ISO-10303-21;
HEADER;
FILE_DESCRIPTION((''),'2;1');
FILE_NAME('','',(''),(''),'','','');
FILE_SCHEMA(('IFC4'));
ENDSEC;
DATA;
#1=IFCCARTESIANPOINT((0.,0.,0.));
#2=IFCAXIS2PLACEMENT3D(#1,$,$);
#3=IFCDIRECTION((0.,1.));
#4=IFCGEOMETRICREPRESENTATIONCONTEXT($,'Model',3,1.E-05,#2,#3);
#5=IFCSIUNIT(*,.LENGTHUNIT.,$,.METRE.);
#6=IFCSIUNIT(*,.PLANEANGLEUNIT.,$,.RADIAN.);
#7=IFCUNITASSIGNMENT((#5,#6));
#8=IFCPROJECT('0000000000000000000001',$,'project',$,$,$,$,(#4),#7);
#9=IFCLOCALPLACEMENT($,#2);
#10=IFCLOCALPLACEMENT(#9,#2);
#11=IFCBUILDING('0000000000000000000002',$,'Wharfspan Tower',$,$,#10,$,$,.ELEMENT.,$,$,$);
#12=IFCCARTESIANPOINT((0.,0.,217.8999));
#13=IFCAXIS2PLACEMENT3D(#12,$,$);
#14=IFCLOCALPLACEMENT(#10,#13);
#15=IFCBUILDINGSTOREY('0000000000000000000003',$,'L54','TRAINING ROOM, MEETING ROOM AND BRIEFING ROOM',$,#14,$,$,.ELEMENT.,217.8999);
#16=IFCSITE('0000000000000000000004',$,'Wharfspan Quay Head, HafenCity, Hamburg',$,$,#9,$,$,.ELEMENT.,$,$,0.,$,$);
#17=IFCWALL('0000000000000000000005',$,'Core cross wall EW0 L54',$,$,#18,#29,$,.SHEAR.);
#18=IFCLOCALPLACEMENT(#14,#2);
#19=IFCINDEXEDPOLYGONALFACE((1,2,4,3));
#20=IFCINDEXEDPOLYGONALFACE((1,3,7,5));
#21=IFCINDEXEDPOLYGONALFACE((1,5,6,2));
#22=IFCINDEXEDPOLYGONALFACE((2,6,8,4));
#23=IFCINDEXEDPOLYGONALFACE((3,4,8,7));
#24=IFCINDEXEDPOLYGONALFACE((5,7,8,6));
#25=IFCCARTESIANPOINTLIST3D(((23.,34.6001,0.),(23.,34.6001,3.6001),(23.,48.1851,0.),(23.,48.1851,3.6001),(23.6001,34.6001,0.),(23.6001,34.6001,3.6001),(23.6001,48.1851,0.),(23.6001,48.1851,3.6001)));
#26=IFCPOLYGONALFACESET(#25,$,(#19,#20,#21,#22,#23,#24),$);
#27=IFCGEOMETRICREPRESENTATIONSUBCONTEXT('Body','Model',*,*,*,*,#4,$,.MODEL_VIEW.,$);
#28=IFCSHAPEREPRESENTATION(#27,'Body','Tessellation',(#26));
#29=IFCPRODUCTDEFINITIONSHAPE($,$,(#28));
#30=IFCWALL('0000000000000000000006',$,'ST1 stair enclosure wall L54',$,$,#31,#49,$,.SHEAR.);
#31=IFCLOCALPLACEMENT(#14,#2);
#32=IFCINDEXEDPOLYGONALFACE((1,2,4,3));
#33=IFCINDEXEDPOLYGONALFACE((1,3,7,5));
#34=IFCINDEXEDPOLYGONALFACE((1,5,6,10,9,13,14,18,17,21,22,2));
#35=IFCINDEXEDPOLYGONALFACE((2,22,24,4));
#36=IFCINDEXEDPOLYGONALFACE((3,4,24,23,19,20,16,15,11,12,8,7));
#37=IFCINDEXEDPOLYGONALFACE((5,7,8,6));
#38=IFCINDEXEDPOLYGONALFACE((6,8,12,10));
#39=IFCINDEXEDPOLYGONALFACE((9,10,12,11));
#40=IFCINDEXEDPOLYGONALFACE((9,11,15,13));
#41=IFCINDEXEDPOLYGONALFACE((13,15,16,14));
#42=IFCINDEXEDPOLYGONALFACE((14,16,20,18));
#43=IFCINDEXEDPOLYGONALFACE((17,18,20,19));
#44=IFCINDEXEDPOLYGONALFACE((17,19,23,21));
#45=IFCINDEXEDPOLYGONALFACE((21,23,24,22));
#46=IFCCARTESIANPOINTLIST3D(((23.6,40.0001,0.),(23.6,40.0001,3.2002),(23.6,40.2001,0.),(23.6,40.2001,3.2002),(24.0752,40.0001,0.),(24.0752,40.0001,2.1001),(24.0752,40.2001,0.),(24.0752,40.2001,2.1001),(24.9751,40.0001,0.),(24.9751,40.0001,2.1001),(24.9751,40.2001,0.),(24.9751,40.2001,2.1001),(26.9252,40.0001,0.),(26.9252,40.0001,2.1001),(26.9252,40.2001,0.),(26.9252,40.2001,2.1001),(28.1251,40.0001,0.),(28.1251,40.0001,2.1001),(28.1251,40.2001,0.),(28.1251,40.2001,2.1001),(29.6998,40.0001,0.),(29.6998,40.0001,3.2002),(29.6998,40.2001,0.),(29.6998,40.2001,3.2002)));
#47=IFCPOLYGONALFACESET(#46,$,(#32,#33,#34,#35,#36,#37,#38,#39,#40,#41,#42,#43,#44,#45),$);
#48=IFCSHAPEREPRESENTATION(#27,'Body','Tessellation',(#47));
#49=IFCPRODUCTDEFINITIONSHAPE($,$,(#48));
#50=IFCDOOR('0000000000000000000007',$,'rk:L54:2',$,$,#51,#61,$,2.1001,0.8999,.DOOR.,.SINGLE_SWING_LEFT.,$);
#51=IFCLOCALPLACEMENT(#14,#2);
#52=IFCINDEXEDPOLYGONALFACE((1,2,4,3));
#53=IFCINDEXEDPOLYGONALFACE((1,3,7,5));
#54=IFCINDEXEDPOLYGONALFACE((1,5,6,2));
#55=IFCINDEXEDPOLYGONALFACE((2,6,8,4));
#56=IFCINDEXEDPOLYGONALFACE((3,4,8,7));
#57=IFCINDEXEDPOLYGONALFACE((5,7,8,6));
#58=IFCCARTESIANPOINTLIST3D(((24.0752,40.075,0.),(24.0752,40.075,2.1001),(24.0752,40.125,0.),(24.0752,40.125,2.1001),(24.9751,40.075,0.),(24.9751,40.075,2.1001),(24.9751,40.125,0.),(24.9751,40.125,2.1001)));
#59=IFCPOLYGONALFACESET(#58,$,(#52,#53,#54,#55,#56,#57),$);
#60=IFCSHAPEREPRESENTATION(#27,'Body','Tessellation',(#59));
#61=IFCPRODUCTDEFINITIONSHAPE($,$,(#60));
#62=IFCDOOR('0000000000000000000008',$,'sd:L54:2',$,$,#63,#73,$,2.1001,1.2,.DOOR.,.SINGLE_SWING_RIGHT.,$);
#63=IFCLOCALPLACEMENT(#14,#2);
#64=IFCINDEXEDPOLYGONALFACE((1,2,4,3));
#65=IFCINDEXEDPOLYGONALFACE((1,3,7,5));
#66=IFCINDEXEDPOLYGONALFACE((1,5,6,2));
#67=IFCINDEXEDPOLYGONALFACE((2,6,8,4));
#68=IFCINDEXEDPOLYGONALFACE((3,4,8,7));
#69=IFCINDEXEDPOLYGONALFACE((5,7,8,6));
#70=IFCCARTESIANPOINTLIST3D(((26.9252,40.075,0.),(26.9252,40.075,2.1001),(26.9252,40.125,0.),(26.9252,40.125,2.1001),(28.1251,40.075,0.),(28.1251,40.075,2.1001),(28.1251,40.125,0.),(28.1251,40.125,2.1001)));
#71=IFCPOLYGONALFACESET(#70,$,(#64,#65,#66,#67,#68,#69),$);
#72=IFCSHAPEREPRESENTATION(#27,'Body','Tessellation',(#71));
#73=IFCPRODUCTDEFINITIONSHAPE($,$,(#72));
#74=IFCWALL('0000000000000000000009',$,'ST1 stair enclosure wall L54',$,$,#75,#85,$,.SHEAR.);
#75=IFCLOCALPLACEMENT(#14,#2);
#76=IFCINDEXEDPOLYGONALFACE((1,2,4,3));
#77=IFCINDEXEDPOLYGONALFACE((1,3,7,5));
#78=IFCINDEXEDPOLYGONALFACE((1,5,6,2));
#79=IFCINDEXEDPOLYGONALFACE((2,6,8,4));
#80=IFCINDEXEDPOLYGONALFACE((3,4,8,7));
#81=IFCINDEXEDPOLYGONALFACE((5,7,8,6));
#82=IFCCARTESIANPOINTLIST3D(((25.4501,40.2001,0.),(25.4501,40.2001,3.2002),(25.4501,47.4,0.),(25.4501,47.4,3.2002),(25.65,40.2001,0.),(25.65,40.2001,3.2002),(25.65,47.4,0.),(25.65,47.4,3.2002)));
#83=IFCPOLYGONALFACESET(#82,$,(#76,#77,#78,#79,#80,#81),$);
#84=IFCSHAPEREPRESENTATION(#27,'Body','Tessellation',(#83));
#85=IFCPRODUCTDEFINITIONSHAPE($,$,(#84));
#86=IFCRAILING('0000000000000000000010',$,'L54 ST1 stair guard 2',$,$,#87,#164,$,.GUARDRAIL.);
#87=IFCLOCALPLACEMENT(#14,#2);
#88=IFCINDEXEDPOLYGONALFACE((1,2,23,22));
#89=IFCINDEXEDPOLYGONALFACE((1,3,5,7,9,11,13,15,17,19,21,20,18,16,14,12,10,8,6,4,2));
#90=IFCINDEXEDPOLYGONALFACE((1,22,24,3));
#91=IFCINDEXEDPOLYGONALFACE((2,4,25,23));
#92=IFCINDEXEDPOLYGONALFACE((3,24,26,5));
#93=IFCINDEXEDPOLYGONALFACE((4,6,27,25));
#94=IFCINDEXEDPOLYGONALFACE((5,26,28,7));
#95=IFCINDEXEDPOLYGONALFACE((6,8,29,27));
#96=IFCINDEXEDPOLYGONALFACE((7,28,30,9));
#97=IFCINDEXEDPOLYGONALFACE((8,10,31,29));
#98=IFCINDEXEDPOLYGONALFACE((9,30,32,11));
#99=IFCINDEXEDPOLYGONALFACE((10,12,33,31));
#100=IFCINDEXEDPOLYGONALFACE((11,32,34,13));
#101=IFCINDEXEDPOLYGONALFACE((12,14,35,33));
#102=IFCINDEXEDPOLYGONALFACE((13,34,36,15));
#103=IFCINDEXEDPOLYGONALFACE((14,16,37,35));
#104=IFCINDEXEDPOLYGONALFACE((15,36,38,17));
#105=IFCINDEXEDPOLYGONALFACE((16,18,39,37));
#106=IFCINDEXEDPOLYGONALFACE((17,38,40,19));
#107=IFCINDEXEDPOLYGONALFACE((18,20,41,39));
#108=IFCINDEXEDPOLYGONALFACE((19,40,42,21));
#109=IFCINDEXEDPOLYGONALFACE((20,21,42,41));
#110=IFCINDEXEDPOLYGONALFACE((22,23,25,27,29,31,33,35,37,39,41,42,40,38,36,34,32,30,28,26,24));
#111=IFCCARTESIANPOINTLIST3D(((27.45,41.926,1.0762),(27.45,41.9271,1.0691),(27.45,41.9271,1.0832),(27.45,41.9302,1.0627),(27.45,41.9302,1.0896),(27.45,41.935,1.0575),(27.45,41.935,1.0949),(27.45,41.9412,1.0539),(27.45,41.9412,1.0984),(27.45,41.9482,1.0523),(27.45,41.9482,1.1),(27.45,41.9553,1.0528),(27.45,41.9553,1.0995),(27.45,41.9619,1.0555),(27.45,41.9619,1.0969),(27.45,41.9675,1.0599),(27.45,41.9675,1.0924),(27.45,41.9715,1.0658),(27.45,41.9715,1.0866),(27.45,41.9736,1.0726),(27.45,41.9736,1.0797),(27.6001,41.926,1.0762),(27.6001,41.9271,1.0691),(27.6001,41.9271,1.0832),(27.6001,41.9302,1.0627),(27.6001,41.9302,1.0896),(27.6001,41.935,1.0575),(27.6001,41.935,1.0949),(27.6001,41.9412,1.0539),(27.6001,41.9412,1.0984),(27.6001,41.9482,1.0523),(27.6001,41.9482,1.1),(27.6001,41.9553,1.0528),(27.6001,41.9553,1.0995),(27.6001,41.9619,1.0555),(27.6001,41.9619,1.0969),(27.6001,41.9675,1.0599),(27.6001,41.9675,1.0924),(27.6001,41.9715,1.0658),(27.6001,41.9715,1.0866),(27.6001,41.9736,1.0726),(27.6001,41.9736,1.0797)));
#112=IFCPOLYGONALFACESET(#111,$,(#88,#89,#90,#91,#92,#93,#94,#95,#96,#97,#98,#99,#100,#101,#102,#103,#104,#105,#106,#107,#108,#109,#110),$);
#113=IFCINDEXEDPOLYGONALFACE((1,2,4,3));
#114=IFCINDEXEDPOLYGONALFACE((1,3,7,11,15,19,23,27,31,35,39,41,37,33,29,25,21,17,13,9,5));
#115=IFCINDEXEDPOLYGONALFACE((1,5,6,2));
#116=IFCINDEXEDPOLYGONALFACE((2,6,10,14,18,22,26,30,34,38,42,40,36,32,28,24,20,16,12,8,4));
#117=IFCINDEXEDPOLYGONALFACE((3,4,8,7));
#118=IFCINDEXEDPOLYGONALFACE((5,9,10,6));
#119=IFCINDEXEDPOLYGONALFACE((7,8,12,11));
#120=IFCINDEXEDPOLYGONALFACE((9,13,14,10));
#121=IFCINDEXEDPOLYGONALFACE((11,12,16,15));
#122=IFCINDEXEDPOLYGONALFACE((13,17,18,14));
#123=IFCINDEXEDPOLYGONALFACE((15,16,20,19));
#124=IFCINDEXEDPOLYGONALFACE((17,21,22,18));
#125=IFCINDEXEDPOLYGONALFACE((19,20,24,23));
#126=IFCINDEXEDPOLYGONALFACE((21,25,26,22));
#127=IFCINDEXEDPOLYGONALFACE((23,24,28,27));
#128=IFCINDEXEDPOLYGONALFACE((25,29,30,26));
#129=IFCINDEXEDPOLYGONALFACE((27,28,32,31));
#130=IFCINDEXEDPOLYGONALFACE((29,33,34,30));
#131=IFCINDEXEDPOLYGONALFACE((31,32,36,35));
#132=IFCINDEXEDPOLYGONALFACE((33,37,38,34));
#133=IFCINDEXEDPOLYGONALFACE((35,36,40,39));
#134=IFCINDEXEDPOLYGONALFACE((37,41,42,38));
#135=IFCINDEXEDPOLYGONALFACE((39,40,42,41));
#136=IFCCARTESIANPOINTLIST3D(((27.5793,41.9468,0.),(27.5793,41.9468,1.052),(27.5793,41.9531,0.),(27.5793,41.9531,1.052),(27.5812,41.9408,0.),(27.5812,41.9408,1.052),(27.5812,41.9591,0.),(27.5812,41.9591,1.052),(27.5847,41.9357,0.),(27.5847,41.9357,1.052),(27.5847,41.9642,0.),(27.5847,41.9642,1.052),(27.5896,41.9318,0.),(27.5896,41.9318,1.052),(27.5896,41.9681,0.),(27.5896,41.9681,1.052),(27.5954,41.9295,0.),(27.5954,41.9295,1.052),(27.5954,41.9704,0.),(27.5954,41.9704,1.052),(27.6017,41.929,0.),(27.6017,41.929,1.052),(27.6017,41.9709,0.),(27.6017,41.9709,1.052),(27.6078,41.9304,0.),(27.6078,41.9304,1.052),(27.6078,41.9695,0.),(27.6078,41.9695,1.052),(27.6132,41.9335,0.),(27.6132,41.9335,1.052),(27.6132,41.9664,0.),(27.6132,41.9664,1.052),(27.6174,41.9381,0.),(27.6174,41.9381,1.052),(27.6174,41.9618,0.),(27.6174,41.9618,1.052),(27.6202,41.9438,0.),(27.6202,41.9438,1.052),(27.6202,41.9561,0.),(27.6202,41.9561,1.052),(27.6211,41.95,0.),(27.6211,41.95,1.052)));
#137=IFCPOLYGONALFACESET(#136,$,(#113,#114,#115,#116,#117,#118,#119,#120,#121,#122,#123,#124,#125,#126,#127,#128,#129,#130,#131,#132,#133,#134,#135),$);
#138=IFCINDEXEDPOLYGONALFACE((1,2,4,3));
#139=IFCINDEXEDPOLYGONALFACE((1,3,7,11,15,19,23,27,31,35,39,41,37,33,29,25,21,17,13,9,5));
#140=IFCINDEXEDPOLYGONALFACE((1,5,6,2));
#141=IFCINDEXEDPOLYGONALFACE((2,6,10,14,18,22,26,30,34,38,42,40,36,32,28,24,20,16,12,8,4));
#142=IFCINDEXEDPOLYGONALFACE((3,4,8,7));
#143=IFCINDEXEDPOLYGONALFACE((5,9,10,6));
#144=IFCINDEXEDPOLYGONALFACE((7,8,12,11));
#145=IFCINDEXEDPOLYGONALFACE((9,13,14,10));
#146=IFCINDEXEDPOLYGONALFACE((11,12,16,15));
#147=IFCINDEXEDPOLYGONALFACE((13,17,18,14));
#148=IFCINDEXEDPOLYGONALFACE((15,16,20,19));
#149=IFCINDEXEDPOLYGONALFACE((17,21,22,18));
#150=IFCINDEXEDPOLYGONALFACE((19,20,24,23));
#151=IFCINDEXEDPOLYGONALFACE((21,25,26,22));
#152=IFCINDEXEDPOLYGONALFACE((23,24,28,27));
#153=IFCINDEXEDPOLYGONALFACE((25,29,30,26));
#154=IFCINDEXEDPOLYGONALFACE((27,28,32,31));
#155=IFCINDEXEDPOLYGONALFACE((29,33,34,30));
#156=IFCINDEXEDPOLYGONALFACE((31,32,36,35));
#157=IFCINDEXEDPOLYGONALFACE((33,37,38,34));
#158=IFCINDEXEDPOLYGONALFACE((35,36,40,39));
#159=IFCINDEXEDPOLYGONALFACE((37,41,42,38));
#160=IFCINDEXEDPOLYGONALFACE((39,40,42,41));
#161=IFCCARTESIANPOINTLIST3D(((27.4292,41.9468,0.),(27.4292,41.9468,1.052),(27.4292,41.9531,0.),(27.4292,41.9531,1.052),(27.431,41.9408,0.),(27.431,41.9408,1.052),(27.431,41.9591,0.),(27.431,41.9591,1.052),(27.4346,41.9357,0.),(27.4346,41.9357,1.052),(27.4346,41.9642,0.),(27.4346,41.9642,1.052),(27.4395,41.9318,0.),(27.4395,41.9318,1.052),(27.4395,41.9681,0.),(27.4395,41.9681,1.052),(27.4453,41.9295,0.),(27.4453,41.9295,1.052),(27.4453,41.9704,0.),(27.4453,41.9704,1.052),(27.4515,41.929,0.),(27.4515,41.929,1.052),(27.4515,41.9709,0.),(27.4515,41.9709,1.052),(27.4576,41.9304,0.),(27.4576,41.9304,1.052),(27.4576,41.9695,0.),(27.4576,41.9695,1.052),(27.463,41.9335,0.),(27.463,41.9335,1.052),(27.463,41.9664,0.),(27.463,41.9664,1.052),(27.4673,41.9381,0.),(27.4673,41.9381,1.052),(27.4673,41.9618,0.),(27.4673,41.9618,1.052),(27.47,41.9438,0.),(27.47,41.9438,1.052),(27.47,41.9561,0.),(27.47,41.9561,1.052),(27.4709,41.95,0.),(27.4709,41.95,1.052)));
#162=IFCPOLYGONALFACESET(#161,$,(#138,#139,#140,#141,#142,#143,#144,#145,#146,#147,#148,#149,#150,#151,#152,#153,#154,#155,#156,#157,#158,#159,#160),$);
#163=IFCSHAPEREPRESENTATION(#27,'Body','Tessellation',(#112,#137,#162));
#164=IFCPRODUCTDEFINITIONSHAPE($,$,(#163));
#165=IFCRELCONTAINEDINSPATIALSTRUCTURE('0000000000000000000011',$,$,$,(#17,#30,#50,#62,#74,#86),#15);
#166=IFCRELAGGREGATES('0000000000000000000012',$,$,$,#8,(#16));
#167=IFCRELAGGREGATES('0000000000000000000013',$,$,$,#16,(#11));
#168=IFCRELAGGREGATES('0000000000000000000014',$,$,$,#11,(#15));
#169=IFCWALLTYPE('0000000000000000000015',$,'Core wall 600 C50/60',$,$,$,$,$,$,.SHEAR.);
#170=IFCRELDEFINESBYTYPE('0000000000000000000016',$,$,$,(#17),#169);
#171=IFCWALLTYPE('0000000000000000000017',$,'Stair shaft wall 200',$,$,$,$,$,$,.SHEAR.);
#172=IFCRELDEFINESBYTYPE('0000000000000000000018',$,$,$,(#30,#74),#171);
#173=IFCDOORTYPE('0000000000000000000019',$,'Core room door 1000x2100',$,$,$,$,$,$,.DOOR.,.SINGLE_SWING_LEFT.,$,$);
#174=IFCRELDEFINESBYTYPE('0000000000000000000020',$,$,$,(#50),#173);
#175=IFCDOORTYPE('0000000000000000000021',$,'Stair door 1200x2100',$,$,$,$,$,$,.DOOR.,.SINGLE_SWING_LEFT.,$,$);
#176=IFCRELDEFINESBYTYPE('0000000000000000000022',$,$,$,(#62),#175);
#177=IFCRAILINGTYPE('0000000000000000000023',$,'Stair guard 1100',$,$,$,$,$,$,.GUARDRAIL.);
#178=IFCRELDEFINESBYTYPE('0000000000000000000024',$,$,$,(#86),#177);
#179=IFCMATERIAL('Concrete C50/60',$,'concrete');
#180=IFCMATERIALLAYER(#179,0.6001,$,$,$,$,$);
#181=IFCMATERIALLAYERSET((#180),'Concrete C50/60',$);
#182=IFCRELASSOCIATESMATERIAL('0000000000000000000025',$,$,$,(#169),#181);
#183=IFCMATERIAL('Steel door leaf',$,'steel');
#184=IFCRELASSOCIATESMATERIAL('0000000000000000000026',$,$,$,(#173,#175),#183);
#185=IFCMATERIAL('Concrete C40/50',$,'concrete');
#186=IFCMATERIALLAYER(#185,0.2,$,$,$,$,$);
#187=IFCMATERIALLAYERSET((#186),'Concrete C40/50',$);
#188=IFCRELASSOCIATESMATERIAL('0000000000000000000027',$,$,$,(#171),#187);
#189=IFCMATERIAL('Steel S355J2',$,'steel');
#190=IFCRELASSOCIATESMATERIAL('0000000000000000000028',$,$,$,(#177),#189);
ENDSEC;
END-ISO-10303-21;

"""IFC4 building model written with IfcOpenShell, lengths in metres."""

from ifc_helpers import new_model, si_unit, direction, frame, frame_2d, origin, origin_2d, place, context, subcontext, project, spatial, rectangle, circle, extrude, material, layer, layer_set, type_object, element, fill, save


model = new_model("IFC4")

# Units and contexts
model_context = context("Model", 3, precision=1e-05, world=origin(), true_north=direction((0.0, 1.0)))
body_context = subcontext(model_context, "Body", "Model", "MODEL_VIEW")
ifc_project = project(units=[si_unit("LENGTHUNIT", "METRE"), si_unit("PLANEANGLEUNIT", "RADIAN")], contexts=[model_context])

# Site, building, storey
site_placement = place(None, origin())
site = spatial("IfcSite", under=ifc_project, at=site_placement, Name="Wharfspan Quay Head, HafenCity, Hamburg", CompositionType="ELEMENT", RefElevation=0.0)
building_placement = place(site_placement, origin())
building = spatial("IfcBuilding", under=site, at=building_placement, Name="Wharfspan Tower", CompositionType="ELEMENT")
storey_placement = place(building_placement, frame((0.0, 0.0, 217.8999)))
storey = spatial("IfcBuildingStorey", under=building, at=storey_placement, Name="L54", Description="TRAINING ROOM, MEETING ROOM AND BRIEFING ROOM", CompositionType="ELEMENT", Elevation=217.8999)

# Shared definitions
ifc_material_1 = material(Name="Concrete C50/60", Category="concrete")
ifc_layer_1 = layer(ifc_material_1, 0.6001)
ifc_layer_set_1 = layer_set([ifc_layer_1], Name="Concrete C50/60")
wall_type_1 = type_object("IfcWallType", Name="Core wall 600 C50/60", PredefinedType="SHEAR", material=ifc_layer_set_1)
ifc_material_2 = material(Name="Steel door leaf", Category="steel")
door_type_1 = type_object("IfcDoorType", Name="Core room door 1000x2100", OperationType="SINGLE_SWING_LEFT", PredefinedType="DOOR", material=ifc_material_2)
door_type_2 = type_object("IfcDoorType", Name="Stair door 1200x2100", OperationType="SINGLE_SWING_LEFT", PredefinedType="DOOR", material=ifc_material_2)

# Wall
wall_1_placement = place(storey_placement, frame((23.3, 34.6001, 0.0), z_axis=(0.0, 0.0, 1.0), x_axis=(0.0, 1.0, 0.0)))
element("IfcWall", 1, at=wall_1_placement, inside=storey, type_object=wall_type_1, Name="Core cross wall EW0 L54", PredefinedType="SHEAR", context=body_context, shape_type="SweptSolid", body=[
    extrude(rectangle(XDim=13.585, YDim=0.6001, at=frame_2d((6.7925, 0.0))), origin(), (0.0, 0.0, 1.0), 3.6001),
])

# Wall, openings, doors
ifc_material_3 = material(Name="Concrete C40/50", Category="concrete")
ifc_layer_2 = layer(ifc_material_3, 0.2)
ifc_layer_set_2 = layer_set([ifc_layer_2], Name="Concrete C40/50")
wall_type_2 = type_object("IfcWallType", Name="Stair shaft wall 200", PredefinedType="SHEAR", material=ifc_layer_set_2)
wall_2_placement = place(storey_placement, frame((23.6001, 40.1001, 0.0), z_axis=(0.0, 0.0, 1.0), x_axis=(1.0, 0.0, 0.0)))
wall_2 = element("IfcWall", 2, at=wall_2_placement, inside=storey, type_object=wall_type_2, Name="ST1 stair enclosure wall L54", PredefinedType="SHEAR", context=body_context, shape_type="SweptSolid", body=[
    extrude(rectangle(XDim=6.0999, YDim=0.2, at=frame_2d((3.0498, 0.0))), origin(), (0.0, 0.0, 1.0), 3.2002),
])
opening_1_placement = place(wall_2_placement, frame((3.325, 0.0, 0.0)))
opening_1 = element("IfcOpeningElement", 3, at=opening_1_placement, cuts=wall_2, PredefinedType="OPENING", context=body_context, shape_type="SweptSolid", body=[
    extrude(rectangle(XDim=1.2, YDim=2.1001, at=frame_2d((0.6001, 1.05))), frame((0.0, 0.1099, 0.0), z_axis=(0.0, -1.0, 0.0), x_axis=(1.0, 0.0, 0.0)), (0.0, 0.0, 1.0), 0.22),
])
opening_2_placement = place(wall_2_placement, frame((0.4751, 0.0, 0.0)))
opening_2 = element("IfcOpeningElement", 4, at=opening_2_placement, cuts=wall_2, PredefinedType="OPENING", context=body_context, shape_type="SweptSolid", body=[
    extrude(rectangle(XDim=0.8999, YDim=2.1001, at=frame_2d((0.45, 1.05))), frame((0.0, 0.1099, 0.0), z_axis=(0.0, -1.0, 0.0), x_axis=(1.0, 0.0, 0.0)), (0.0, 0.0, 1.0), 0.22),
])
door_1_placement = place(opening_2_placement, origin())
door_1 = element("IfcDoor", 5, at=door_1_placement, inside=storey, type_object=door_type_1, Name="rk:L54:2", OperationType="SINGLE_SWING_LEFT", OverallHeight=2.1001, OverallWidth=0.8999, PredefinedType="DOOR", context=body_context, shape_type="SweptSolid", body=[
    extrude(rectangle(XDim=0.8999, YDim=2.1001, at=frame_2d((0.45, 1.05))), frame((0.0, 0.0249, 0.0), z_axis=(0.0, -1.0, 0.0), x_axis=(1.0, 0.0, 0.0)), (0.0, 0.0, 1.0), 0.05),
])
fill(opening_2, door_1)
door_2_placement = place(opening_1_placement, origin())
door_2 = element("IfcDoor", 6, at=door_2_placement, inside=storey, type_object=door_type_2, Name="sd:L54:2", OperationType="SINGLE_SWING_RIGHT", OverallHeight=2.1001, OverallWidth=1.2, PredefinedType="DOOR", context=body_context, shape_type="SweptSolid", body=[
    extrude(rectangle(XDim=1.2, YDim=2.1001, at=frame_2d((0.6001, 1.05))), frame((0.0, 0.0249, 0.0), z_axis=(0.0, -1.0, 0.0), x_axis=(1.0, 0.0, 0.0)), (0.0, 0.0, 1.0), 0.05),
])
fill(opening_1, door_2)

# Wall
wall_3_placement = place(storey_placement, frame((25.55, 40.2, 0.0), z_axis=(0.0, 0.0, 1.0), x_axis=(0.0, 1.0, 0.0)))
element("IfcWall", 7, at=wall_3_placement, inside=storey, type_object=wall_type_2, Name="ST1 stair enclosure wall L54", PredefinedType="SHEAR", context=body_context, shape_type="SweptSolid", body=[
    extrude(rectangle(XDim=7.2, YDim=0.2, at=frame_2d((3.6001, 0.0))), origin(), (0.0, 0.0, 1.0), 3.2002),
])

# Railing
ifc_material_4 = material(Name="Steel S355J2", Category="steel")
railing_type = type_object("IfcRailingType", Name="Stair guard 1100", PredefinedType="GUARDRAIL", material=ifc_material_4)
railing_placement = place(storey_placement, frame((27.6001, 41.95, 0.0)))
element("IfcRailing", 8, at=railing_placement, inside=storey, type_object=railing_type, Name="L54 ST1 stair guard 2", PredefinedType="GUARDRAIL", context=body_context, shape_type="SweptSolid", body=[
    extrude(circle(Radius=0.0239, at=origin_2d()), frame((0.0, 0.0, 1.0762), z_axis=(-1.0, 0.0, 0.0), x_axis=(0.0, -1.0, 0.0)), (0.0, 0.0, 1.0), 0.1501),
    extrude(circle(Radius=0.021, at=origin_2d()), origin(), (0.0, 0.0, 1.0), 1.052),
    extrude(circle(Radius=0.021, at=origin_2d()), frame((-0.1501, 0.0, 0.0)), (0.0, 0.0, 1.0), 1.052),
])

save(model, "model.ifc")
